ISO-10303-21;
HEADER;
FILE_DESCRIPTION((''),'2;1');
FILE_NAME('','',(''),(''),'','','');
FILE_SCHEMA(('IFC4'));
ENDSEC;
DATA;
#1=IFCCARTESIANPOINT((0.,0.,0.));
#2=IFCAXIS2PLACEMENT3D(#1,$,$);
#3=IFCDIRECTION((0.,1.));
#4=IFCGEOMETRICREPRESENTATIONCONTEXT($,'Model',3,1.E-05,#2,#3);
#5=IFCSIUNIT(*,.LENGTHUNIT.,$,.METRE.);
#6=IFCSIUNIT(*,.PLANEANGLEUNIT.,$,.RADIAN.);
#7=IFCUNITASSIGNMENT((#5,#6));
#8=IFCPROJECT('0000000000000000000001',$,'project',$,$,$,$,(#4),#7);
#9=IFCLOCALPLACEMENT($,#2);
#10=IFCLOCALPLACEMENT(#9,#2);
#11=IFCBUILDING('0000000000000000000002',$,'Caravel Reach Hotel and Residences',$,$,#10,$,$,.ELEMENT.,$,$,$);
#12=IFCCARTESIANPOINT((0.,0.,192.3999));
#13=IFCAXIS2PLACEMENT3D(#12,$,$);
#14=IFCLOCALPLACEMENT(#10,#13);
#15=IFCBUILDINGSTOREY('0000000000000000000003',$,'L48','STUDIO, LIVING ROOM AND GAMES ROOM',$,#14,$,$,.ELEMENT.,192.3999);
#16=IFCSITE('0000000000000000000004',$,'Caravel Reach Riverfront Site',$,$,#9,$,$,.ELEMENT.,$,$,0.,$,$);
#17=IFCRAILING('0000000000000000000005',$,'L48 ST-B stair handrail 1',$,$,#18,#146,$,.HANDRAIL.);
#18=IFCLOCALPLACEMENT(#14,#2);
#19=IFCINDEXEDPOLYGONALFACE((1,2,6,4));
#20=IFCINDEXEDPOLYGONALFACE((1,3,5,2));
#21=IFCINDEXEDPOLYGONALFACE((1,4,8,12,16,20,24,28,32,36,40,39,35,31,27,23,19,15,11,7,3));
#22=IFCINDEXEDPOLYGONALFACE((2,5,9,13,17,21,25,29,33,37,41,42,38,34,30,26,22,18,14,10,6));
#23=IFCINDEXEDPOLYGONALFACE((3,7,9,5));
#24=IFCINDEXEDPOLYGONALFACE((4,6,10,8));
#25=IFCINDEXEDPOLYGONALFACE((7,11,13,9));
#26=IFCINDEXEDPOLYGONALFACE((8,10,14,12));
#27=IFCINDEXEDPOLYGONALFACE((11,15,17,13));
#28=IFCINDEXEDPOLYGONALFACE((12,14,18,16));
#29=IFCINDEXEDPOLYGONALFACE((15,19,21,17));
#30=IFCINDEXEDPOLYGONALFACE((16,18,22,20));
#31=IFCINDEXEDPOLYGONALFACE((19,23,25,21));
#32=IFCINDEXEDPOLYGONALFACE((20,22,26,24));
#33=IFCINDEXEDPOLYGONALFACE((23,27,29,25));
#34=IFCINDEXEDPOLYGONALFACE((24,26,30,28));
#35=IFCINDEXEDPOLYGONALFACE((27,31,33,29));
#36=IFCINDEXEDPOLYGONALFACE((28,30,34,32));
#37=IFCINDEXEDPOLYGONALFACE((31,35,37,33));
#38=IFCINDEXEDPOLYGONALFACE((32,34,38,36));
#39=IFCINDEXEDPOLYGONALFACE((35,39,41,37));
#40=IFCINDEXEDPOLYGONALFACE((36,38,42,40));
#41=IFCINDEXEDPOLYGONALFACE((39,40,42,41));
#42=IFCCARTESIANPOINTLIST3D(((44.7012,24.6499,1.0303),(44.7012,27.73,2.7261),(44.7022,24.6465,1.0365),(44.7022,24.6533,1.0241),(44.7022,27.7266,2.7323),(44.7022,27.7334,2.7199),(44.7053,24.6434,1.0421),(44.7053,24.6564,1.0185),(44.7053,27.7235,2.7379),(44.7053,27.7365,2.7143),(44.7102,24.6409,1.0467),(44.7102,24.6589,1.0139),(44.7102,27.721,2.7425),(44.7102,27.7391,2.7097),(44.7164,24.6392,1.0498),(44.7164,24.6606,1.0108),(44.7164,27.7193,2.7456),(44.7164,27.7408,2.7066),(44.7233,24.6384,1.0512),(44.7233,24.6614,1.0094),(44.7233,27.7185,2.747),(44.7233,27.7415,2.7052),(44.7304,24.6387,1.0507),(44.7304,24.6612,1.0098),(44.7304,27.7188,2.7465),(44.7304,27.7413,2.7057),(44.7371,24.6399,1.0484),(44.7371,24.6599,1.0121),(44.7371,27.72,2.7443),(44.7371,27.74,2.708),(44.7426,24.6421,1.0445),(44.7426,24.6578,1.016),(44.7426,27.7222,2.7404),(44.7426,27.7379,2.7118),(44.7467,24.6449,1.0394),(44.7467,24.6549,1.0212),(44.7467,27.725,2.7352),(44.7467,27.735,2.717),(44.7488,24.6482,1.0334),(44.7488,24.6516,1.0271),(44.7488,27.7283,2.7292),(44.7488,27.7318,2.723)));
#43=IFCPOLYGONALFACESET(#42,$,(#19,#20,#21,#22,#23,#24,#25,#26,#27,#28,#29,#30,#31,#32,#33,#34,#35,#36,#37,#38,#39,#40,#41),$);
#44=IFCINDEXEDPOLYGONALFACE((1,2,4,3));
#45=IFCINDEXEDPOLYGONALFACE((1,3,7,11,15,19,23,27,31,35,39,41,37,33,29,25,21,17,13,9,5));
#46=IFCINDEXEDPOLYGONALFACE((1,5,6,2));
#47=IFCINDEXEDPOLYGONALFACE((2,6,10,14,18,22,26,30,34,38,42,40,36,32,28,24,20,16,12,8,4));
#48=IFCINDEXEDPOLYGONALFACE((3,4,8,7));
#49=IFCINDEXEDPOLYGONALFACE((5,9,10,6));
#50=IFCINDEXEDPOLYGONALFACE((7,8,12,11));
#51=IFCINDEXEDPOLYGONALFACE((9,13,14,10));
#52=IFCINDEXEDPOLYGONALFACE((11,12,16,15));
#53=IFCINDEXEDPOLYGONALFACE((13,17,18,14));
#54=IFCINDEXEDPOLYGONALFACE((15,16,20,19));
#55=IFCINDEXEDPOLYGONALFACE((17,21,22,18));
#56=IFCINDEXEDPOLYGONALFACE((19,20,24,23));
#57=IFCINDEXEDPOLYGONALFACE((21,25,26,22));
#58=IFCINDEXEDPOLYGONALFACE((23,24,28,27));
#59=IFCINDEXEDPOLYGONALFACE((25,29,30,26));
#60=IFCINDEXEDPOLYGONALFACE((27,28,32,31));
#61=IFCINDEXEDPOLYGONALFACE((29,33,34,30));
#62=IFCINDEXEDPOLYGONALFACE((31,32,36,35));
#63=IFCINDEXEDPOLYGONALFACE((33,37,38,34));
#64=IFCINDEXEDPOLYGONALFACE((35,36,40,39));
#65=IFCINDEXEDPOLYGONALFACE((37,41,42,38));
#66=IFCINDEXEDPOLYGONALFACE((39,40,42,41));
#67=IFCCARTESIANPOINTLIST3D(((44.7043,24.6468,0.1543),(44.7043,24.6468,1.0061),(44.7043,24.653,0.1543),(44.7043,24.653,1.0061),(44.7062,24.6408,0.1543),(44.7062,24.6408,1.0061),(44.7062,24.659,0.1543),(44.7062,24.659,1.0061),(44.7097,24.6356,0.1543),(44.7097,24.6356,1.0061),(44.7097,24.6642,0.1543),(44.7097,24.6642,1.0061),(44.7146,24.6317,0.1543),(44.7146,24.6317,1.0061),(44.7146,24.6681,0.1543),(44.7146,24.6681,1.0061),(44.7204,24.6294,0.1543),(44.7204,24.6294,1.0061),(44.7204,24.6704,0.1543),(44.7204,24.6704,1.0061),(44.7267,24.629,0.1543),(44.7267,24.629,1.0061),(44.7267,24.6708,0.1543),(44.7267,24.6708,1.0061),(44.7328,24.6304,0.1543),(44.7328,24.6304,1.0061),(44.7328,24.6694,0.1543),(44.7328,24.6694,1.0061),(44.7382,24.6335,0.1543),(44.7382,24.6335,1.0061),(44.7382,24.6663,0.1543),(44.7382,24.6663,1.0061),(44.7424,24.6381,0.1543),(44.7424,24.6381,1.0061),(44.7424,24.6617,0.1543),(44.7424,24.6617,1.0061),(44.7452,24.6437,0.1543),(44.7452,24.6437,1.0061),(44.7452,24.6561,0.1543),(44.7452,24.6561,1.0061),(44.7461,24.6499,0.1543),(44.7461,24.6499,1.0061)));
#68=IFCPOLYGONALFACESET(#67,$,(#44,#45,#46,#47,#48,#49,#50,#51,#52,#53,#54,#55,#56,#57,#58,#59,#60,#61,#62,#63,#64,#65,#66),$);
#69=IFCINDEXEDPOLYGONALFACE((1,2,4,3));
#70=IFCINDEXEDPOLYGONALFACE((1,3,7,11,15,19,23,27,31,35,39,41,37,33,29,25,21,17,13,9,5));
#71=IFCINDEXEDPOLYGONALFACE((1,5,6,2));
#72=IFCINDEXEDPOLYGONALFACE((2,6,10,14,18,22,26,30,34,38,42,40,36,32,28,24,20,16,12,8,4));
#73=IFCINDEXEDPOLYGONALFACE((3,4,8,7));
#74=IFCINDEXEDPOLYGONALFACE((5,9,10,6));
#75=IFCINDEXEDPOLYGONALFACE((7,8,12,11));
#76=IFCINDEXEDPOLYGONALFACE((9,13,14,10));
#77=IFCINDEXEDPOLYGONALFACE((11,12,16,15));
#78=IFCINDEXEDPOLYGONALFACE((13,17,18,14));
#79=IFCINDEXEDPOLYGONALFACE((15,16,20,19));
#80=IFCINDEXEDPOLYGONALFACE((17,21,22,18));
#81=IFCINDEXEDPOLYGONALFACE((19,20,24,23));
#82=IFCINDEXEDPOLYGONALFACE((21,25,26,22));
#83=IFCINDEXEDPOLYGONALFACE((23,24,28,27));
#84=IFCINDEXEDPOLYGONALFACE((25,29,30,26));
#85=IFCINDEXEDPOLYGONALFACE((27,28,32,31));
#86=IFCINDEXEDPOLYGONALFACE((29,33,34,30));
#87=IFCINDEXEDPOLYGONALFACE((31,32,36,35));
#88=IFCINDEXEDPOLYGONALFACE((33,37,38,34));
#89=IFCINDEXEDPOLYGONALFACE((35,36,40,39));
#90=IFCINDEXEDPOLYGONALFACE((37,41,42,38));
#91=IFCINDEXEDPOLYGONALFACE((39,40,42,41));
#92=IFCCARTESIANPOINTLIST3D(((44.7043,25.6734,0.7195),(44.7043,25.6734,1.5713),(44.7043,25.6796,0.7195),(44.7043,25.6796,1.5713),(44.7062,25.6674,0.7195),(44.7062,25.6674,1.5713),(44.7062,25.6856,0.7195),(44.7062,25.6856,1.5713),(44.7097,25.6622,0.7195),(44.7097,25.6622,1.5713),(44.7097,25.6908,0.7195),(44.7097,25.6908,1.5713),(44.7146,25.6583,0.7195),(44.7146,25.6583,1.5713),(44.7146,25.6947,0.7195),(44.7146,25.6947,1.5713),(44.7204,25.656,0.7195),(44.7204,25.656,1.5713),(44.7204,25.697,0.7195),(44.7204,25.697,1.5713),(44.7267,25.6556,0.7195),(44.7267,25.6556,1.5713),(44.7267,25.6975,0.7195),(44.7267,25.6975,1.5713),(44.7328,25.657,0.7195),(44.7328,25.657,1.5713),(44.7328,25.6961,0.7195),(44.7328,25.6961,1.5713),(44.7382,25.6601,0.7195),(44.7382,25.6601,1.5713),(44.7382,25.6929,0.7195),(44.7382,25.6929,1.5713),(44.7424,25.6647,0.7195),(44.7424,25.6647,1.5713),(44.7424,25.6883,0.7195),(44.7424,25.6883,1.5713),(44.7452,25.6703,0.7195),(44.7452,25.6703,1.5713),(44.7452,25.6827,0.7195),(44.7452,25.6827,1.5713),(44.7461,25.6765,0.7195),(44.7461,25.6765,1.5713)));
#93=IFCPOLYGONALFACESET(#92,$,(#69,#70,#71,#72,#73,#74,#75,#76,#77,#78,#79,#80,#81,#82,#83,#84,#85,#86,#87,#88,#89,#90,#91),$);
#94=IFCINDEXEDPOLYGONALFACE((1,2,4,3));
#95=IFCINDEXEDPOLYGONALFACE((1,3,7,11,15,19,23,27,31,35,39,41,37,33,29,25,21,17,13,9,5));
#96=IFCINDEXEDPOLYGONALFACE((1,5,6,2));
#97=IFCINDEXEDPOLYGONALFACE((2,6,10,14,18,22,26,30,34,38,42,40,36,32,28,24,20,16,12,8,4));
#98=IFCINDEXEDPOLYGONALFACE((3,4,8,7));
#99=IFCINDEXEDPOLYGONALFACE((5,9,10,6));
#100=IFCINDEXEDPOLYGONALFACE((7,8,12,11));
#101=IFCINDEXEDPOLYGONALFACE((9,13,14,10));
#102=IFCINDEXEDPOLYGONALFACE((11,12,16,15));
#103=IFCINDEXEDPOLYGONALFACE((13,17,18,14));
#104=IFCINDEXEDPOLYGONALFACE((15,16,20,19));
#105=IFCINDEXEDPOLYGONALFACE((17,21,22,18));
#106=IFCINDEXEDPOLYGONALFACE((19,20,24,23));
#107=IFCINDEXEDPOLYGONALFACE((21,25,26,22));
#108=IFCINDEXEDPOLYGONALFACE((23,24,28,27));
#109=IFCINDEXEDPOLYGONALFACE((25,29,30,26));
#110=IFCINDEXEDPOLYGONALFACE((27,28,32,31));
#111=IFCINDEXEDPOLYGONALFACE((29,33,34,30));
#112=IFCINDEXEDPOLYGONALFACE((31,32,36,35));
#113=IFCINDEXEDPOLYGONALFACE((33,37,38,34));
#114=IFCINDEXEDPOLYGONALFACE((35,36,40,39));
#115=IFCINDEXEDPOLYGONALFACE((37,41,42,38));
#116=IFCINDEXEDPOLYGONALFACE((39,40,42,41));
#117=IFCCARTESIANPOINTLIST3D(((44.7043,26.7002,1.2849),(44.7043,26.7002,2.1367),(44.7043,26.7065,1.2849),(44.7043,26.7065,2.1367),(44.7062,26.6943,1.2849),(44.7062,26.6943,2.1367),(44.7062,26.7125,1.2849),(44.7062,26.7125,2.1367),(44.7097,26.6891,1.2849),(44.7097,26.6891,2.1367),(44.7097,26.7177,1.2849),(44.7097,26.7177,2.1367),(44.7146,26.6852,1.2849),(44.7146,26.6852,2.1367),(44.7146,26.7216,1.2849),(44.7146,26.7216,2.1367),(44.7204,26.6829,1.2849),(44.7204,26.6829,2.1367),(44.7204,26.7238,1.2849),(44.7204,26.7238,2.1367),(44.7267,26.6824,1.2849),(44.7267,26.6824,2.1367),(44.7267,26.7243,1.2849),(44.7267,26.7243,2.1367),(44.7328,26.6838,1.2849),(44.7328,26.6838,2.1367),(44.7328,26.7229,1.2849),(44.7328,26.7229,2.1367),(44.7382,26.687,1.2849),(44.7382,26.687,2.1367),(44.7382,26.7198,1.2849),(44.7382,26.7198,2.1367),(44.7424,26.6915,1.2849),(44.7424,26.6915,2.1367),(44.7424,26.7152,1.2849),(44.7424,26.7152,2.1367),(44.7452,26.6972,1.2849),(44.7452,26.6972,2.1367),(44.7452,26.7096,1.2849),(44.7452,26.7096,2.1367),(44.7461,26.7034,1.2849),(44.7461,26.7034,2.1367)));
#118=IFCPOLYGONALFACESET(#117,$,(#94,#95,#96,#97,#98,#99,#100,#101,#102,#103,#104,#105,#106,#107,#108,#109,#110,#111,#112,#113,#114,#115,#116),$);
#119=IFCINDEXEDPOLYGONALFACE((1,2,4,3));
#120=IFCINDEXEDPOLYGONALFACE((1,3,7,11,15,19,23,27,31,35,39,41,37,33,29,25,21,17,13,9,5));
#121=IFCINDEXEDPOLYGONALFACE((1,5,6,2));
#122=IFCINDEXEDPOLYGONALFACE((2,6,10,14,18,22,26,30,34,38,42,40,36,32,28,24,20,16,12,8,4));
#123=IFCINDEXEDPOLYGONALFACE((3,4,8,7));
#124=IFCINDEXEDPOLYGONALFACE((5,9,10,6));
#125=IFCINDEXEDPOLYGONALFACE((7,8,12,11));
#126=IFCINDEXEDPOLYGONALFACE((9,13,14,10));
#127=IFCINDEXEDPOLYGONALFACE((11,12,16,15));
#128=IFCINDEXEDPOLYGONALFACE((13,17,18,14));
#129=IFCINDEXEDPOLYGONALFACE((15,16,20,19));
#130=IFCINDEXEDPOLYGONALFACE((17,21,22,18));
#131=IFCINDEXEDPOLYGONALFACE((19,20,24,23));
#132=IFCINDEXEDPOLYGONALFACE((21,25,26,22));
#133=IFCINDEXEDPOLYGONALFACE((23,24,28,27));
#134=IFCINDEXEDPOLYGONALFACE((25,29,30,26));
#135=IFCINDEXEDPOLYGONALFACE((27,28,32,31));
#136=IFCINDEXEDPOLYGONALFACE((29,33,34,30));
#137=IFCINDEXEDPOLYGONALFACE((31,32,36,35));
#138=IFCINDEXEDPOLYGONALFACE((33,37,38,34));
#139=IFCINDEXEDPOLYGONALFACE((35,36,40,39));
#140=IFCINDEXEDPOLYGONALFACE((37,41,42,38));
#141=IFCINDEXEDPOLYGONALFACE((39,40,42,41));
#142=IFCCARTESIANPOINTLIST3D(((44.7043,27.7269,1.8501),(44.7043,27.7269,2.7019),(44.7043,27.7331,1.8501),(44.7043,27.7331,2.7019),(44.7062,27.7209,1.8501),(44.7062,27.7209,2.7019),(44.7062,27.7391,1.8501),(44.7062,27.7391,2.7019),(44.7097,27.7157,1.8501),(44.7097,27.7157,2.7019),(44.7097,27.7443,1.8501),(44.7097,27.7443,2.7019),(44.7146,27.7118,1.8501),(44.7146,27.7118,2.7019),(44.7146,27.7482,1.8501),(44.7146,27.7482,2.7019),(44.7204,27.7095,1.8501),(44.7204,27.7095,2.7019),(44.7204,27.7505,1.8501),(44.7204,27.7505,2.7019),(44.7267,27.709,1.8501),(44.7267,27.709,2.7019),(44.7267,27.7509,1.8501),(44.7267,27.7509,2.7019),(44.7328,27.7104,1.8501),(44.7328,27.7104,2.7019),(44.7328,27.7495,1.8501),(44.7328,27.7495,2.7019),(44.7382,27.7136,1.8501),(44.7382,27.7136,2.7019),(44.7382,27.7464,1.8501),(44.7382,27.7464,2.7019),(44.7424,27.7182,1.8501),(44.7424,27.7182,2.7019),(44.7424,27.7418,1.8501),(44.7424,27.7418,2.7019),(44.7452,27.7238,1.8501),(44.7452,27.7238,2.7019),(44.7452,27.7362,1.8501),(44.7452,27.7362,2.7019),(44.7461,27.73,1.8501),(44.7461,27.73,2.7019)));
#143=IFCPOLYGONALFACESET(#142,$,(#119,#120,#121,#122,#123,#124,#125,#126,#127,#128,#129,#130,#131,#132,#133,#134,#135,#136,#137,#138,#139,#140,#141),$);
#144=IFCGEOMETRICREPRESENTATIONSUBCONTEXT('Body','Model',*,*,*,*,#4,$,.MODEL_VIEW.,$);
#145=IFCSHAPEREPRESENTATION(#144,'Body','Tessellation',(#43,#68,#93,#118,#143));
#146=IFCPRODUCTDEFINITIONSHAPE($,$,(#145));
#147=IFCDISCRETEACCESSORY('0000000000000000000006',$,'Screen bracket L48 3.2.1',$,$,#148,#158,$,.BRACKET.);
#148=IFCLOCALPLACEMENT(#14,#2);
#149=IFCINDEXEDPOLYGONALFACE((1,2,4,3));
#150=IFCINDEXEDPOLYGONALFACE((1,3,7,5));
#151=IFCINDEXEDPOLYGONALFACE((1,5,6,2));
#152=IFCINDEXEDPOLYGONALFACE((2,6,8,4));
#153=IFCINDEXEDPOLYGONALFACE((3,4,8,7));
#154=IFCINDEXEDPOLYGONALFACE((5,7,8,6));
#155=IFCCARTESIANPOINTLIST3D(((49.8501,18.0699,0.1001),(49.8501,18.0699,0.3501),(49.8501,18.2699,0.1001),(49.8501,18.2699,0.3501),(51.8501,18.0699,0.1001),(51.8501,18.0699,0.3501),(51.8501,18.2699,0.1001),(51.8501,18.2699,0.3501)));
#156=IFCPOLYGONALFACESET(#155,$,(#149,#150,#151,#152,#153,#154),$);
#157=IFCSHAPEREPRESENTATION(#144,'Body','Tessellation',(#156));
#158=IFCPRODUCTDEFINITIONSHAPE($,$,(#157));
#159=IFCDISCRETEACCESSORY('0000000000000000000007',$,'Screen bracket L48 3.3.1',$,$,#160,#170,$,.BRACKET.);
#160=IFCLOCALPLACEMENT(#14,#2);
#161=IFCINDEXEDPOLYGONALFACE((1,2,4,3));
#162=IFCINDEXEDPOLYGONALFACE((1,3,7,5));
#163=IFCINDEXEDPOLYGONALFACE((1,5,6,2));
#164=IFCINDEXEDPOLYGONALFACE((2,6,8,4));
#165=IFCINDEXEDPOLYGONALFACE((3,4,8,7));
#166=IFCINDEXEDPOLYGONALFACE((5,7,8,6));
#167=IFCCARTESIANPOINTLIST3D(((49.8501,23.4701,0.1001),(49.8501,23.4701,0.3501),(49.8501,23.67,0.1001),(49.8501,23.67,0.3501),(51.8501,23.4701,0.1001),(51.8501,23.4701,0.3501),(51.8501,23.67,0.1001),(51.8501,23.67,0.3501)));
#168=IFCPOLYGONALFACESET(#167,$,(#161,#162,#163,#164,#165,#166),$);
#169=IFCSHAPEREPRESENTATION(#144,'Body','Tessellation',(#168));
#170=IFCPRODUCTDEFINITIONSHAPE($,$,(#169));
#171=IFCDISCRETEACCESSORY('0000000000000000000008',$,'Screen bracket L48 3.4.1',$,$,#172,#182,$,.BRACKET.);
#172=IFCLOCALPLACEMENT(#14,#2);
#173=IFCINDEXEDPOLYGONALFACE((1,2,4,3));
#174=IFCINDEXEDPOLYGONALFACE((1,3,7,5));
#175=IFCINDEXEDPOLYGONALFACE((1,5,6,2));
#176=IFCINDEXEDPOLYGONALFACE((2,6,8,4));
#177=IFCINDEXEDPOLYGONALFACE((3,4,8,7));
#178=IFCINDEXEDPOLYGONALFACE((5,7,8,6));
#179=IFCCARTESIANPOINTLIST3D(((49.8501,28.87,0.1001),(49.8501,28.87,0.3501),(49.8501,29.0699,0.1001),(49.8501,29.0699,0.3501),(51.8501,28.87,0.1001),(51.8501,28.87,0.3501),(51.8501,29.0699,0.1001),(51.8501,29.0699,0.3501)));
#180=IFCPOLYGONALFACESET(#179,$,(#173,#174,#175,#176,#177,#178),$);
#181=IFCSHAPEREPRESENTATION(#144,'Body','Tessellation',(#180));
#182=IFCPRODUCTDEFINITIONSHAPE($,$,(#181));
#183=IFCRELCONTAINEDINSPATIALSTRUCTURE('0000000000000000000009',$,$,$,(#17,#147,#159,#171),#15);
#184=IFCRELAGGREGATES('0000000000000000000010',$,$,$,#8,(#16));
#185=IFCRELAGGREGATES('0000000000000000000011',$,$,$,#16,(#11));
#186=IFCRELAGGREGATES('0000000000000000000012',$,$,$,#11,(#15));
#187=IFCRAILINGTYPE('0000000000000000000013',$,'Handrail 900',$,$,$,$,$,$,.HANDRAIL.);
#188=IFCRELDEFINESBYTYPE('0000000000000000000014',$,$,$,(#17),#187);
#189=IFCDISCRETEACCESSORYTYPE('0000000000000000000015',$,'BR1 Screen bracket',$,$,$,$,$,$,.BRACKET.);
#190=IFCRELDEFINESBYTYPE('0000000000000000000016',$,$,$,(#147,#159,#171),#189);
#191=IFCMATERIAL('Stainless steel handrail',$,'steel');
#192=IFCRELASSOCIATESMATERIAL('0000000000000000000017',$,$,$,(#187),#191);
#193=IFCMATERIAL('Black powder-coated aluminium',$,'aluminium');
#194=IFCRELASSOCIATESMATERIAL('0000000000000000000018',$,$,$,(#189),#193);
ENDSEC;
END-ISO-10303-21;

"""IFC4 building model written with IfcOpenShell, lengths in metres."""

from ifc_helpers import new_model, si_unit, direction, frame, origin, origin_2d, place, context, subcontext, project, spatial, rectangle, circle, extrude, material, type_object, element, save


model = new_model("IFC4")

# Units and contexts
model_context = context("Model", 3, precision=1e-05, world=origin(), true_north=direction((0.0, 1.0)))
body_context = subcontext(model_context, "Body", "Model", "MODEL_VIEW")
ifc_project = project(units=[si_unit("LENGTHUNIT", "METRE"), si_unit("PLANEANGLEUNIT", "RADIAN")], contexts=[model_context])

# Site, building, storey
site_placement = place(None, origin())
site = spatial("IfcSite", under=ifc_project, at=site_placement, Name="Caravel Reach Riverfront Site", CompositionType="ELEMENT", RefElevation=0.0)
building_placement = place(site_placement, origin())
building = spatial("IfcBuilding", under=site, at=building_placement, Name="Caravel Reach Hotel and Residences", CompositionType="ELEMENT")
storey_placement = place(building_placement, frame((0.0, 0.0, 192.3999)))
storey = spatial("IfcBuildingStorey", under=building, at=storey_placement, Name="L48", Description="STUDIO, LIVING ROOM AND GAMES ROOM", CompositionType="ELEMENT", Elevation=192.3999)

# Railing
ifc_material_1 = material(Name="Stainless steel handrail", Category="steel")
railing_type = type_object("IfcRailingType", Name="Handrail 900", PredefinedType="HANDRAIL", material=ifc_material_1)
railing_placement = place(storey_placement, frame((44.7251, 24.6499, 0.1543)))
element("IfcRailing", 1, at=railing_placement, inside=storey, type_object=railing_type, Name="L48 ST-B stair handrail 1", PredefinedType="HANDRAIL", context=body_context, shape_type="SweptSolid", body=[
    extrude(circle(Radius=0.0239, at=origin_2d()), frame((0.0, 0.0, 0.876), z_axis=(0.0, 0.876005, 0.482303), x_axis=(-1.0, 0.0, 0.0)), (0.0, 0.0, 1.0), 3.5161),
    extrude(circle(Radius=0.021, at=origin_2d()), origin(), (0.0, 0.0, 1.0), 0.8518),
    extrude(circle(Radius=0.021, at=origin_2d()), frame((0.0, 1.0266, 0.5652)), (0.0, 0.0, 1.0), 0.8518),
    extrude(circle(Radius=0.021, at=origin_2d()), frame((0.0, 2.0535, 1.1306)), (0.0, 0.0, 1.0), 0.8518),
    extrude(circle(Radius=0.021, at=origin_2d()), frame((0.0, 3.0801, 1.6958)), (0.0, 0.0, 1.0), 0.8518),
])

# Discrete accessories
ifc_material_2 = material(Name="Black powder-coated aluminium", Category="aluminium")
discrete_accessory_type = type_object("IfcDiscreteAccessoryType", Name="BR1 Screen bracket", PredefinedType="BRACKET", material=ifc_material_2)
for number, where, z_axis, x_axis, name in (
    (2, (50.8501, 18.1699, 0.1001), (0.0, 0.0, 1.0), (1.0, 0.0, 0.0), "Screen bracket L48 3.2.1"),
    (3, (50.8501, 23.5701, 0.1001), (0.0, 0.0, 1.0), (1.0, 0.0, 0.0), "Screen bracket L48 3.3.1"),
    (4, (50.8501, 28.97, 0.1001), (0.0, 0.0, 1.0), (1.0, 0.0, 0.0), "Screen bracket L48 3.4.1"),
):
    element("IfcDiscreteAccessory", number, at=place(storey_placement, frame(where, z_axis=z_axis, x_axis=x_axis)), inside=storey, type_object=discrete_accessory_type, Name=name, PredefinedType="BRACKET", context=body_context, shape_type="SweptSolid", body=[
        extrude(rectangle(XDim=2.0, YDim=0.2, at=origin_2d()), origin(), (0.0, 0.0, 1.0), 0.25),
    ])

save(model, "model.ifc")
